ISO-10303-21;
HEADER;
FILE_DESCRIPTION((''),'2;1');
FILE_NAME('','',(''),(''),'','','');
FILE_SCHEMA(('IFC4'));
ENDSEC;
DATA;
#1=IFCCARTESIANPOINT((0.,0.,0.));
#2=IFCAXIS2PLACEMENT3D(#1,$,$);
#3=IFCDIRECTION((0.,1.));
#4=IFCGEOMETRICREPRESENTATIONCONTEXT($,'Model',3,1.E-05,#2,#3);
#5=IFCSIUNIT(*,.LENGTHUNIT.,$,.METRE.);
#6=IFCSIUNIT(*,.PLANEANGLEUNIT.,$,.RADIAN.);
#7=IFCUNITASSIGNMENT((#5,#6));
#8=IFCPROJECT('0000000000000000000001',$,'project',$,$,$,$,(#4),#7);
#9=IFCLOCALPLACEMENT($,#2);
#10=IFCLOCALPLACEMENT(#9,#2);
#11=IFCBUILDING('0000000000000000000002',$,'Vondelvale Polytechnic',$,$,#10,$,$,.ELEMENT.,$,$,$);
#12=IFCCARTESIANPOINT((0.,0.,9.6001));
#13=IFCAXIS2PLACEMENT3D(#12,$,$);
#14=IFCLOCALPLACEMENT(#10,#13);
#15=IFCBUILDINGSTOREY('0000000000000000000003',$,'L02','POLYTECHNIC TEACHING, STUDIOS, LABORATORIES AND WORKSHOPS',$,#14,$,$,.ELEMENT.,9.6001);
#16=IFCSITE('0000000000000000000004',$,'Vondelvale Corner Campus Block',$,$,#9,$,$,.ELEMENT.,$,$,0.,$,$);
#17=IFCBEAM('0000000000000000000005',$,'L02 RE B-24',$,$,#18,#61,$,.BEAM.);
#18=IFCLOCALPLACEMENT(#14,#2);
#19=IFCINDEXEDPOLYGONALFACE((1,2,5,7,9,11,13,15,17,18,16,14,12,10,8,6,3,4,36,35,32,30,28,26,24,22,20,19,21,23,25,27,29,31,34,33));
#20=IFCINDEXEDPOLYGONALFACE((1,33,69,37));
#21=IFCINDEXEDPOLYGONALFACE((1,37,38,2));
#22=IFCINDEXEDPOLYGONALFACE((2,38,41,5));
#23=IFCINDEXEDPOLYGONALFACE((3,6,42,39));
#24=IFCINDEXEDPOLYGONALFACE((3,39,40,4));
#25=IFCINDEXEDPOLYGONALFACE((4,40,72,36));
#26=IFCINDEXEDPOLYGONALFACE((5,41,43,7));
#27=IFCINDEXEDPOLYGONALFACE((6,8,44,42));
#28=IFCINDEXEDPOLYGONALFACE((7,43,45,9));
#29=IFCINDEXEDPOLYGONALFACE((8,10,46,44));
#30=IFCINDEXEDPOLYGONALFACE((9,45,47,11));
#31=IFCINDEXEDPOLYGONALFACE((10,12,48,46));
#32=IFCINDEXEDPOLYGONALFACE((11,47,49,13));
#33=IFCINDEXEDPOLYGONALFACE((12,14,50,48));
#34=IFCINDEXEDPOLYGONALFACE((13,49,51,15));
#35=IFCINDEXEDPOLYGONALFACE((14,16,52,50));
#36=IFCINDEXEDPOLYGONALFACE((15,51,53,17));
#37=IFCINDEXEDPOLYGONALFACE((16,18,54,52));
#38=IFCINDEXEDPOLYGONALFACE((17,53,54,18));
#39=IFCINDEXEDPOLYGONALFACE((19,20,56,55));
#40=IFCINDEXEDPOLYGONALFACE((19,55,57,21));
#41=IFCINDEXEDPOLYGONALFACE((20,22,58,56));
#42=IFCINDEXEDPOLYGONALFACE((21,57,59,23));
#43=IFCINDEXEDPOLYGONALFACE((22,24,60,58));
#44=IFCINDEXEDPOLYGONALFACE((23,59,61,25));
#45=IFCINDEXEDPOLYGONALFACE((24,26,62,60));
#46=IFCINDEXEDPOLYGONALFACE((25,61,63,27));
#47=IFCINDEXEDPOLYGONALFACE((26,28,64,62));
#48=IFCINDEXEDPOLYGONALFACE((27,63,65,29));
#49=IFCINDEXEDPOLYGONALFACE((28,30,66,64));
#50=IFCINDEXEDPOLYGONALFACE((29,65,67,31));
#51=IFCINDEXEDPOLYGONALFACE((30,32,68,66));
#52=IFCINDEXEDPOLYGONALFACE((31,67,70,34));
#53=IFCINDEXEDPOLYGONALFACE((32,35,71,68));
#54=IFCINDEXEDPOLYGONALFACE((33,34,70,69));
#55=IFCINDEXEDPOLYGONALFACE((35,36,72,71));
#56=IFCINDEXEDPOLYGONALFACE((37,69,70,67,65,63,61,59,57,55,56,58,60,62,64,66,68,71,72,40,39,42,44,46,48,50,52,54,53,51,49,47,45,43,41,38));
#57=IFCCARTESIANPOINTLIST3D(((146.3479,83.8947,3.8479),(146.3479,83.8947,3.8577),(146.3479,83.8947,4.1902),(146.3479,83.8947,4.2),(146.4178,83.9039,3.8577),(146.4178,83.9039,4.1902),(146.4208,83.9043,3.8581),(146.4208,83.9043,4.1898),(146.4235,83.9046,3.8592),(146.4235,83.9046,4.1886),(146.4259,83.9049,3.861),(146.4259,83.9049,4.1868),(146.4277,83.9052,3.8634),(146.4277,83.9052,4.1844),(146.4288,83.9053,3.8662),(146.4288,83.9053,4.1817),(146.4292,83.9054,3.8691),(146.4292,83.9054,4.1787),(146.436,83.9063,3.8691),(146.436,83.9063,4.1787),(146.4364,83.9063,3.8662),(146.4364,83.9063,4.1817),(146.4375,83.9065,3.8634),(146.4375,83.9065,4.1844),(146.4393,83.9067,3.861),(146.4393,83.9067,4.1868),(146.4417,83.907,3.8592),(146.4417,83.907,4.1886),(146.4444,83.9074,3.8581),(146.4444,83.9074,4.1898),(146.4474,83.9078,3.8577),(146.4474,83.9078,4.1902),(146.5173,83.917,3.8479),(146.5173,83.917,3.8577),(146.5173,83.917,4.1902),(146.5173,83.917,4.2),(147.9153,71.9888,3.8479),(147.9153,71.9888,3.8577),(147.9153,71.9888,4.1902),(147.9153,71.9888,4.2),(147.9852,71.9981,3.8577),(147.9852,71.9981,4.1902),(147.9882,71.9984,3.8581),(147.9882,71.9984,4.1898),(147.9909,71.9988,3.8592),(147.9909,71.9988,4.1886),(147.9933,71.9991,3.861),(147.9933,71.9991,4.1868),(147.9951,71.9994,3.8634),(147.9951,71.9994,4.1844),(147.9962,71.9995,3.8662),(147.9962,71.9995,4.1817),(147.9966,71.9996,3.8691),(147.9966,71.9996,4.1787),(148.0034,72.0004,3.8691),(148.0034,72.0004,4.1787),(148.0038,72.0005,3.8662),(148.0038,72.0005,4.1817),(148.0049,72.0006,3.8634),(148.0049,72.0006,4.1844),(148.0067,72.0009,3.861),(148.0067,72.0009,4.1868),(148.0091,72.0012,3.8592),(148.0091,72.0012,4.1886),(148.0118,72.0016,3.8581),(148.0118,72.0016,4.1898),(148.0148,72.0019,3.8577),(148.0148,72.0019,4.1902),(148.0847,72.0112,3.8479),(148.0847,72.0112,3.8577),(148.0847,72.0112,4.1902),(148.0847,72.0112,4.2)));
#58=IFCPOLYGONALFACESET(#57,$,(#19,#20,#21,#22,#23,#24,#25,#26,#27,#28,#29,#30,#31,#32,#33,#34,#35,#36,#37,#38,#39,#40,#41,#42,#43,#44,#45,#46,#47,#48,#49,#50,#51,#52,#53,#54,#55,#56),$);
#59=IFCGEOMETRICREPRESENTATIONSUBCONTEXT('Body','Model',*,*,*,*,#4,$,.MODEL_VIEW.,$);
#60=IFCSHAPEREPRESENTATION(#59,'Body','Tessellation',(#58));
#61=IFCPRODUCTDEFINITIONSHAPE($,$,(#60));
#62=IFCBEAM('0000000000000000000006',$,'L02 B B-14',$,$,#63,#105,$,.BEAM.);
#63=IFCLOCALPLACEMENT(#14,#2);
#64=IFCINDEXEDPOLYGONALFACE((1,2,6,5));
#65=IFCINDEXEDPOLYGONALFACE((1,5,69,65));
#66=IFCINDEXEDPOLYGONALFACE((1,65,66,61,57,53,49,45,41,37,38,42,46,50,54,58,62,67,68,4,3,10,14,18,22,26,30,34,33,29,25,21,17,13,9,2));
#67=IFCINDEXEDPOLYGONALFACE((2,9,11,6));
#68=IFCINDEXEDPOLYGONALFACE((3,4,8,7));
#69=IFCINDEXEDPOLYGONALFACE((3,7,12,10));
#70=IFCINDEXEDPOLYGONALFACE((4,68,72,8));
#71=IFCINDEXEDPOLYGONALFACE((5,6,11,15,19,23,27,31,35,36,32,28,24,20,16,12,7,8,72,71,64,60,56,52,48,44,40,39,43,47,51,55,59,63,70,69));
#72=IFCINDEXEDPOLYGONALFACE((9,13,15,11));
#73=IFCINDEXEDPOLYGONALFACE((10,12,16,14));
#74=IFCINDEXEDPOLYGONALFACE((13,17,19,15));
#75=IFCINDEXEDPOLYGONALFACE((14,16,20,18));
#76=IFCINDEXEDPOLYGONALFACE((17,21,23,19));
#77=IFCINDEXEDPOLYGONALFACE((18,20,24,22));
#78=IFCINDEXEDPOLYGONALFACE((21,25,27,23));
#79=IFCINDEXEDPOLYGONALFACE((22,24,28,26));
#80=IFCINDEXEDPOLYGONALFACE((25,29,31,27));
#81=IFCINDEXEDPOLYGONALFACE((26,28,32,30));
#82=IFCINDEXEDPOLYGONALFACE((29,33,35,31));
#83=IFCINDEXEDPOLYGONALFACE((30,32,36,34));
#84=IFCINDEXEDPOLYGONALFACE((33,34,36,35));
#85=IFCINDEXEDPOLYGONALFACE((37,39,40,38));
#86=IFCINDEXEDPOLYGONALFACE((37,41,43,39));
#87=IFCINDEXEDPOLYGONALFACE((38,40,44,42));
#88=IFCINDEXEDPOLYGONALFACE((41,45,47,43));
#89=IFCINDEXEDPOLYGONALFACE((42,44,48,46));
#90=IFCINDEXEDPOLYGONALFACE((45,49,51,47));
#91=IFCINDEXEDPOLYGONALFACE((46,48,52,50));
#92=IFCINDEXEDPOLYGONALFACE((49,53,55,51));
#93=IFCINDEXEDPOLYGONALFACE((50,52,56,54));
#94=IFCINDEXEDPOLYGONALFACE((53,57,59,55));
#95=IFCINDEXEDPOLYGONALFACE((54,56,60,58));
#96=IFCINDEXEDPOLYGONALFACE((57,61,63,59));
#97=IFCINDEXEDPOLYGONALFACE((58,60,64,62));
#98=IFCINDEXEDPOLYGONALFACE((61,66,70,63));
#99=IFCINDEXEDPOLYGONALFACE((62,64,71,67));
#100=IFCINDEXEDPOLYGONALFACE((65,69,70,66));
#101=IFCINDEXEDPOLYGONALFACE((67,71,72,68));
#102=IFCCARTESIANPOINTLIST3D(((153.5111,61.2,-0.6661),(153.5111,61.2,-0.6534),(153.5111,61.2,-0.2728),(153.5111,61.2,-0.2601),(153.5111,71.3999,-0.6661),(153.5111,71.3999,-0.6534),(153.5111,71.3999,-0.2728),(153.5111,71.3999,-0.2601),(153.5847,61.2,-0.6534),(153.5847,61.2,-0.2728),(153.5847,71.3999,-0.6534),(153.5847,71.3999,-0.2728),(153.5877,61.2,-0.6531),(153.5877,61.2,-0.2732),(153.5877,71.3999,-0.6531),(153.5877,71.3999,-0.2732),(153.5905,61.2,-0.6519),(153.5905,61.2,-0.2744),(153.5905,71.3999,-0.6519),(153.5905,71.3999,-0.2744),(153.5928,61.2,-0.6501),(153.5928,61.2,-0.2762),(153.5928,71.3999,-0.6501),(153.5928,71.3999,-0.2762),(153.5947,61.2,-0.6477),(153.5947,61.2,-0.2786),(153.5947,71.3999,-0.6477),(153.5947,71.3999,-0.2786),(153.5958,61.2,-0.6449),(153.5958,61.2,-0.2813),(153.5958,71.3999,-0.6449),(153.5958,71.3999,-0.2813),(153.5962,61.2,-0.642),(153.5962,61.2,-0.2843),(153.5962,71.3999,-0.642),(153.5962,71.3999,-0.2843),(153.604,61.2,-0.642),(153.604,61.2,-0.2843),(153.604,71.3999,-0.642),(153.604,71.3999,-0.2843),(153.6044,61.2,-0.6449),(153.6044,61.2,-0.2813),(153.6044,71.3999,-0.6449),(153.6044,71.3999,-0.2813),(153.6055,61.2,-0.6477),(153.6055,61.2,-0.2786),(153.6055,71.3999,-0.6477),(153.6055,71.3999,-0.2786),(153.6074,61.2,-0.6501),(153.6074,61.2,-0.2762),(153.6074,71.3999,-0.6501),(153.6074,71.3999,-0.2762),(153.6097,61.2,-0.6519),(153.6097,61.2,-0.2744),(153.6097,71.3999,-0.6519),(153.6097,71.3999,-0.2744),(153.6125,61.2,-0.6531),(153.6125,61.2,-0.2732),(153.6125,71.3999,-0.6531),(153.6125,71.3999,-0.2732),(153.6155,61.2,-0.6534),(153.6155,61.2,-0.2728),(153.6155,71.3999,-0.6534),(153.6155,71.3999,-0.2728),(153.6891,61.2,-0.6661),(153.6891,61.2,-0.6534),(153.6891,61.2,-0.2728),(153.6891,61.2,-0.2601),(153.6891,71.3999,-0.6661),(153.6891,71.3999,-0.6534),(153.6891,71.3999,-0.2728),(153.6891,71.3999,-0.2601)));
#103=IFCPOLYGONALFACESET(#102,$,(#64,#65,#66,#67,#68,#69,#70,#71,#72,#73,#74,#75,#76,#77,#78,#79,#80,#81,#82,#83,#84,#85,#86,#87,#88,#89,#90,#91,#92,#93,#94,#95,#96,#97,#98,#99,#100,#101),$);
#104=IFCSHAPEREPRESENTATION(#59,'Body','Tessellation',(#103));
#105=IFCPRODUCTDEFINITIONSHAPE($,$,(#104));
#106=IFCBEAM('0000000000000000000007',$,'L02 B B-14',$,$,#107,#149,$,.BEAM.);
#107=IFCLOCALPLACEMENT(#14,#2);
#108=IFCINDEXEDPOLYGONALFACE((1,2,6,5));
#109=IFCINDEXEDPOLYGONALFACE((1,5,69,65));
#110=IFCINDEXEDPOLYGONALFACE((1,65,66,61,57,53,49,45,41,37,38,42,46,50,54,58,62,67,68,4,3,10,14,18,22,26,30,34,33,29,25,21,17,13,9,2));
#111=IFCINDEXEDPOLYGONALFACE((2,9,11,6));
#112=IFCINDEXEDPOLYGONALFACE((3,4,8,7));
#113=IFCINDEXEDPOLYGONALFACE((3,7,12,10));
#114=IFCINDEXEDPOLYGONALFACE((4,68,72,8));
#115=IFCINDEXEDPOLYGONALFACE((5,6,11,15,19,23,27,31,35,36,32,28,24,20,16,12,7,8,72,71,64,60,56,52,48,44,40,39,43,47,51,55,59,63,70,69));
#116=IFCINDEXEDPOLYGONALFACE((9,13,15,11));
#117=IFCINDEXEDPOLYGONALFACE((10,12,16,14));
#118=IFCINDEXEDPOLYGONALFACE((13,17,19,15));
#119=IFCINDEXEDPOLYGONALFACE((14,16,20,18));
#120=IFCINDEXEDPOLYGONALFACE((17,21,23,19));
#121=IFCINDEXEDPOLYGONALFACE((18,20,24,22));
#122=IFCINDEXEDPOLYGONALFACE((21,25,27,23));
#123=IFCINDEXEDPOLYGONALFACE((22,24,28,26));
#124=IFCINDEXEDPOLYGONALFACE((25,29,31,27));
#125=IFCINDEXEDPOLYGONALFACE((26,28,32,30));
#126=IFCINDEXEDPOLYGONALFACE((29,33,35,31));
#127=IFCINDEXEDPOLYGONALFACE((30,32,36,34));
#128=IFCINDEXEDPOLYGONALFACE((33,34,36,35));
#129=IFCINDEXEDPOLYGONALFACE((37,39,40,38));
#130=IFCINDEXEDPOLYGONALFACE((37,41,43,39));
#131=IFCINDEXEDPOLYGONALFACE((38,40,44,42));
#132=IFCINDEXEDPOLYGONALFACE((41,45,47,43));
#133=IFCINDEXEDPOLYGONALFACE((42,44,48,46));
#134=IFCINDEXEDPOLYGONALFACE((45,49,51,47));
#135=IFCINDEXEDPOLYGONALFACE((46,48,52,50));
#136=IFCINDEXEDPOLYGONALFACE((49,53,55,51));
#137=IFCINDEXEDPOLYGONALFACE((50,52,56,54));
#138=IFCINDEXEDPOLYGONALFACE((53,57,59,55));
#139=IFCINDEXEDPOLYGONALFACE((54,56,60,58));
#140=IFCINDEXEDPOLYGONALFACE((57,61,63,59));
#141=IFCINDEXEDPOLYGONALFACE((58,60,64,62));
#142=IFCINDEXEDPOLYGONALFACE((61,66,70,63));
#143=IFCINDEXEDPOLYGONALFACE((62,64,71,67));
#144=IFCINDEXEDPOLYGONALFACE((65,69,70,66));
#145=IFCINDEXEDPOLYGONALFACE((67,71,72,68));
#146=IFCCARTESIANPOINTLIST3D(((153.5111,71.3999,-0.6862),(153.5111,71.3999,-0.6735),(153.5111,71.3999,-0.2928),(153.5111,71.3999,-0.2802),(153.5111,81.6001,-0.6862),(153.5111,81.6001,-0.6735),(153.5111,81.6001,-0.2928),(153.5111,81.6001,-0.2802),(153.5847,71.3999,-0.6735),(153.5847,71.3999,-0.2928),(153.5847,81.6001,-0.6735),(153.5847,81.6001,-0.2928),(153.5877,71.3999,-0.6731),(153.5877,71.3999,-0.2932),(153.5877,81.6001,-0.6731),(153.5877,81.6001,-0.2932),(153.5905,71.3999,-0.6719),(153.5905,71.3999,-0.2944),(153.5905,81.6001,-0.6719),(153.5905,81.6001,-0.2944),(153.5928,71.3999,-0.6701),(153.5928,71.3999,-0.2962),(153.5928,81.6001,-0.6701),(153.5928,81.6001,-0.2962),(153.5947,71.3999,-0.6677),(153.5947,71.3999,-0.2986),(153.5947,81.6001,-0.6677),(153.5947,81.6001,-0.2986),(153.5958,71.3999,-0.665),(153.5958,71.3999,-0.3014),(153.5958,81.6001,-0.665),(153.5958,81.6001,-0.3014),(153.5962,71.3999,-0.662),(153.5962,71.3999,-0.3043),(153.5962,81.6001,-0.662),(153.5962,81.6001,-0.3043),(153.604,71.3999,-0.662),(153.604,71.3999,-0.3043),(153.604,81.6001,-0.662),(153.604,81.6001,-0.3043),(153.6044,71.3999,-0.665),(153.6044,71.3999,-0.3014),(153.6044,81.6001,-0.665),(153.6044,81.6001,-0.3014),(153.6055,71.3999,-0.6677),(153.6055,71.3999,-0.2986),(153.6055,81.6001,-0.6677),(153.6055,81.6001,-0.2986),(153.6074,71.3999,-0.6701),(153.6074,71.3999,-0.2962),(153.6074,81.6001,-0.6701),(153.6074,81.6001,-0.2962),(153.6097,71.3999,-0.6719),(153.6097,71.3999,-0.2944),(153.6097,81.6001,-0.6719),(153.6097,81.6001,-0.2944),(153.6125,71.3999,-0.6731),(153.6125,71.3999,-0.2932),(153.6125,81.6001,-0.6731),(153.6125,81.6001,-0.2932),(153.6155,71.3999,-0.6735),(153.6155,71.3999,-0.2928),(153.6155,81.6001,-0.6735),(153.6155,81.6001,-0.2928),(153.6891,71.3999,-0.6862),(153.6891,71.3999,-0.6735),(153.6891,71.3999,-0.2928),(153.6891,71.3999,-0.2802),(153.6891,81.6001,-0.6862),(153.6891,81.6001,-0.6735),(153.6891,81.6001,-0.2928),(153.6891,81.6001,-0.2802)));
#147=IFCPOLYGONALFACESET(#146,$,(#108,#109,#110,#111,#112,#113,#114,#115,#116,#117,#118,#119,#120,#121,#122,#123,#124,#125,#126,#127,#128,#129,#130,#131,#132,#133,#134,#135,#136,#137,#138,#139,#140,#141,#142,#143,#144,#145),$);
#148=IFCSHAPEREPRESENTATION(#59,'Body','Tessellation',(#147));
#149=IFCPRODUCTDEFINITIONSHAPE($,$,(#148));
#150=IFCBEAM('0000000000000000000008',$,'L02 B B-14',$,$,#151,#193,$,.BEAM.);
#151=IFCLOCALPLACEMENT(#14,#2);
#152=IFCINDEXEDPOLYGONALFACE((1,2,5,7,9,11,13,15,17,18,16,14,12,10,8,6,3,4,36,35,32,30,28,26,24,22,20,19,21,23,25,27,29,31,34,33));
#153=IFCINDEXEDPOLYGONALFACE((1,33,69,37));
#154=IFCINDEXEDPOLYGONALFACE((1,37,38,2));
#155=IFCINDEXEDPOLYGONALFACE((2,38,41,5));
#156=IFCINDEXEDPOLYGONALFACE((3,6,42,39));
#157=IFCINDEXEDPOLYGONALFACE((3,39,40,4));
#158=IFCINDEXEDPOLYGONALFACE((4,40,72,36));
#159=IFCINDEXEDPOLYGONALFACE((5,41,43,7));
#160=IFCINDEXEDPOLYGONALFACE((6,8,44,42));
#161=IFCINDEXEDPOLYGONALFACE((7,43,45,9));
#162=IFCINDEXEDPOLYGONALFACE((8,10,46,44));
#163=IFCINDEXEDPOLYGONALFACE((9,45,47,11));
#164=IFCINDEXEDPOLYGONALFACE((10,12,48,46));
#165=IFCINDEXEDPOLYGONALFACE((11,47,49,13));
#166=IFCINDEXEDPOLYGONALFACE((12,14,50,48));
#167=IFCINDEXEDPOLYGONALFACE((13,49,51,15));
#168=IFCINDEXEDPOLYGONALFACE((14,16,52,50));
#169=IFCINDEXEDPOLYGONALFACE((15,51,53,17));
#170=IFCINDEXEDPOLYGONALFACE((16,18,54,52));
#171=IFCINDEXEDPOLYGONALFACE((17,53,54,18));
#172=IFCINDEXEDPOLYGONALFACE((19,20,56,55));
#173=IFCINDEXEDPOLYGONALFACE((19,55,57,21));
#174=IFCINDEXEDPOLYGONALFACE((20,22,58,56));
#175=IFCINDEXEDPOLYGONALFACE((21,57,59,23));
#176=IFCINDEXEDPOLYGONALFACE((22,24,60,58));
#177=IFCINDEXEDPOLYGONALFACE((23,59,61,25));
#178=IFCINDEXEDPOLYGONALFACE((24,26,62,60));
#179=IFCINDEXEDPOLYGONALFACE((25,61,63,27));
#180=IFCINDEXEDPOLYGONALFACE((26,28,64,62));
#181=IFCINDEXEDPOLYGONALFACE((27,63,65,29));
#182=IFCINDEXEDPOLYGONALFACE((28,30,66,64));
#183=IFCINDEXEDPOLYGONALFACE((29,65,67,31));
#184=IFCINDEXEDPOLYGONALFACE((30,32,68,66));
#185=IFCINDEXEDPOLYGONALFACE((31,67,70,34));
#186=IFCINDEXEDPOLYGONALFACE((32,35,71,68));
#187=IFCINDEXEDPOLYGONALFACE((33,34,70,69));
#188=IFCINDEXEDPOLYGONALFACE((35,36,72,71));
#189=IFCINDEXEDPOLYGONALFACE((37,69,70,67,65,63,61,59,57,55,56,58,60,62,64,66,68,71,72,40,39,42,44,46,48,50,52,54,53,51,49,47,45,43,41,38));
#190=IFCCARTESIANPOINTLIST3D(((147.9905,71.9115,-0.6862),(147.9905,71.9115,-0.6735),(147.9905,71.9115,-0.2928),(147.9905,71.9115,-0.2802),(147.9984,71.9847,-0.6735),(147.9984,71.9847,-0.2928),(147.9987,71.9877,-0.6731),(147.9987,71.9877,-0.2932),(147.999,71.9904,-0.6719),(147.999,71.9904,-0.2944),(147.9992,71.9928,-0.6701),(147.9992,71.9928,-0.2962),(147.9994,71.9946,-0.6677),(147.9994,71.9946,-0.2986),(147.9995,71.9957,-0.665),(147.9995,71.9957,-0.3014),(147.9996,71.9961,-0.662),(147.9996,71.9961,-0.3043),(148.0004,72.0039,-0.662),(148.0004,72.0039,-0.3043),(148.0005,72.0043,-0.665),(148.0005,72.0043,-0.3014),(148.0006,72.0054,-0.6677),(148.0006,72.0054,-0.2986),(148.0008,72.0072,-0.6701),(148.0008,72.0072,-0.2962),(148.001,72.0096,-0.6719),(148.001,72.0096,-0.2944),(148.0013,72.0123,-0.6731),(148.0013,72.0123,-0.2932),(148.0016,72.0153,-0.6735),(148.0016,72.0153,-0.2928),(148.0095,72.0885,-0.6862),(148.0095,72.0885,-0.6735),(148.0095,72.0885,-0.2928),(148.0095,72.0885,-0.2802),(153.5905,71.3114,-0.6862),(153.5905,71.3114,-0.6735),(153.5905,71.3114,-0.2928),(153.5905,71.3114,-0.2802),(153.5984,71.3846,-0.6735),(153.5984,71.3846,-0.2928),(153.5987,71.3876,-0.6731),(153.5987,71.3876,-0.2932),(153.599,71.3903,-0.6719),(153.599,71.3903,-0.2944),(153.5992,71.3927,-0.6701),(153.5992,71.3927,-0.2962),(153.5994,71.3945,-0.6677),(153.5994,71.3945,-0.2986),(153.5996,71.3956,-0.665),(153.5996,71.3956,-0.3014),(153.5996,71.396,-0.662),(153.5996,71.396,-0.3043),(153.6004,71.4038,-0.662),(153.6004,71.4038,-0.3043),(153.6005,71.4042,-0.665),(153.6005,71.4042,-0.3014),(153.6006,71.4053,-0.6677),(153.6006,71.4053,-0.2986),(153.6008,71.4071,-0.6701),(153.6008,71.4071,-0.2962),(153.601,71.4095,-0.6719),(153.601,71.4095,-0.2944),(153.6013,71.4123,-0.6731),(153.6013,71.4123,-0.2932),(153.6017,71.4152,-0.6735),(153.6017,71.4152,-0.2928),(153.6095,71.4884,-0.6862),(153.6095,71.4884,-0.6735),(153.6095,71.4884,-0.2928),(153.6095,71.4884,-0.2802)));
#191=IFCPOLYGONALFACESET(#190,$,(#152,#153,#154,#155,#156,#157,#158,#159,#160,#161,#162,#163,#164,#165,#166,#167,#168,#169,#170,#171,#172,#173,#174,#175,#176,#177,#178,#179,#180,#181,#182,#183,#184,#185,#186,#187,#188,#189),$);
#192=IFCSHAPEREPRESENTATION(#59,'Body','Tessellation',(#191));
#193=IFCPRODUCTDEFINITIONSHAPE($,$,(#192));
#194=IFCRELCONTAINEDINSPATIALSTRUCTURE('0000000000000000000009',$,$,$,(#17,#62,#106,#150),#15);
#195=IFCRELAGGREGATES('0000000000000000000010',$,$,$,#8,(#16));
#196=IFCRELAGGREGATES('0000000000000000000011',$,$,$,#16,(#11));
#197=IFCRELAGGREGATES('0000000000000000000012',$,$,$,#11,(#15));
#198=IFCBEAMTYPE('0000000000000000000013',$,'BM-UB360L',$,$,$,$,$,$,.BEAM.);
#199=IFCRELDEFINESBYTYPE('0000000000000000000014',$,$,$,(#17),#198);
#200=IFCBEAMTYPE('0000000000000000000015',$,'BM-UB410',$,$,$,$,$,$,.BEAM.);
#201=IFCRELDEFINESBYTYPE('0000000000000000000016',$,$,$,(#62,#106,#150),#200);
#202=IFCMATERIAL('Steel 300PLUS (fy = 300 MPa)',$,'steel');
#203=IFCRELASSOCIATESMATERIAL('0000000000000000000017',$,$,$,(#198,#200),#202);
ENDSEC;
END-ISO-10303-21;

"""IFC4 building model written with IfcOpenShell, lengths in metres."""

from ifc_helpers import new_model, si_unit, direction, frame, origin, origin_2d, place, context, subcontext, project, spatial, i_section, extrude, material, material_profile, profile_set, type_object, element, save


model = new_model("IFC4")

# Units and contexts
model_context = context("Model", 3, precision=1e-05, world=origin(), true_north=direction((0.0, 1.0)))
body_context = subcontext(model_context, "Body", "Model", "MODEL_VIEW")
ifc_project = project(units=[si_unit("LENGTHUNIT", "METRE"), si_unit("PLANEANGLEUNIT", "RADIAN")], contexts=[model_context])

# Site, building, storey
site_placement = place(None, origin())
site = spatial("IfcSite", under=ifc_project, at=site_placement, Name="Vondelvale Corner Campus Block", CompositionType="ELEMENT", RefElevation=0.0)
building_placement = place(site_placement, origin())
building = spatial("IfcBuilding", under=site, at=building_placement, Name="Vondelvale Polytechnic", CompositionType="ELEMENT")
storey_placement = place(building_placement, frame((0.0, 0.0, 9.6001)))
storey = spatial("IfcBuildingStorey", under=building, at=storey_placement, Name="L02", Description="POLYTECHNIC TEACHING, STUDIOS, LABORATORIES AND WORKSHOPS", CompositionType="ELEMENT", Elevation=9.6001)

# Shared definitions
ifc_material_1 = material(Name="Steel 300PLUS (fy = 300 MPa)", Category="steel")

# Beams
ifc_material_profile_1 = material_profile(ifc_material_1, i_section(OverallWidth=0.1709, OverallDepth=0.3521, WebThickness=0.0068, FlangeThickness=0.0098, FilletRadius=0.0115, at=origin_2d()), Name="360UB44.7")
ifc_profile_set_1 = profile_set([ifc_material_profile_1], Name="Steel 300PLUS (fy = 300 MPa)")
beam_type_1 = type_object("IfcBeamType", Name="BM-UB360L", PredefinedType="BEAM", material=ifc_profile_set_1)
beam_1_placement = place(storey_placement, frame((148.0, 72.0, 4.0239), z_axis=(-0.130523, 0.991445, 0.0), x_axis=(-0.991445, -0.130523, 0.0)))
element("IfcBeam", 1, at=beam_1_placement, inside=storey, type_object=beam_type_1, Name="L02 RE B-24", PredefinedType="BEAM", context=body_context, shape_type="SweptSolid", body=[
    extrude(i_section(OverallWidth=0.1709, OverallDepth=0.3521, WebThickness=0.0068, FlangeThickness=0.0098, FilletRadius=0.0115, at=origin_2d()), origin(), (0.0, 0.0, 1.0), 12.0085),
])
ifc_material_profile_2 = material_profile(ifc_material_1, i_section(OverallWidth=0.178, OverallDepth=0.406, WebThickness=0.0078, FlangeThickness=0.0127, FilletRadius=0.0115, at=origin_2d()), Name="410UB59.7")
ifc_profile_set_2 = profile_set([ifc_material_profile_2], Name="Steel 300PLUS (fy = 300 MPa)")
beam_type_2 = type_object("IfcBeamType", Name="BM-UB410", PredefinedType="BEAM", material=ifc_profile_set_2)
beam_2_placement = place(storey_placement, frame((153.6001, 61.2, -0.4631), z_axis=(0.0, 1.0, 0.0), x_axis=(-1.0, 0.0, 0.0)))
element("IfcBeam", 2, at=beam_2_placement, inside=storey, type_object=beam_type_2, Name="L02 B B-14", PredefinedType="BEAM", context=body_context, shape_type="SweptSolid", body=[
    extrude(i_section(OverallWidth=0.178, OverallDepth=0.406, WebThickness=0.0078, FlangeThickness=0.0127, FilletRadius=0.0115, at=origin_2d()), origin(), (0.0, 0.0, 1.0), 10.2),
])
beam_3_placement = place(storey_placement, frame((153.6001, 71.3999, -0.4832), z_axis=(0.0, 1.0, 0.0), x_axis=(-1.0, 0.0, 0.0)))
element("IfcBeam", 3, at=beam_3_placement, inside=storey, type_object=beam_type_2, Name="L02 B B-14", PredefinedType="BEAM", context=body_context, shape_type="SweptSolid", body=[
    extrude(i_section(OverallWidth=0.178, OverallDepth=0.406, WebThickness=0.0078, FlangeThickness=0.0127, FilletRadius=0.0115, at=origin_2d()), origin(), (0.0, 0.0, 1.0), 10.2002),
])
beam_4_placement = place(storey_placement, frame((148.0, 72.0, -0.4832), z_axis=(0.994308, -0.106548, 0.0), x_axis=(0.106548, 0.994308, 0.0)))
element("IfcBeam", 4, at=beam_4_placement, inside=storey, type_object=beam_type_2, Name="L02 B B-14", PredefinedType="BEAM", context=body_context, shape_type="SweptSolid", body=[
    extrude(i_section(OverallWidth=0.178, OverallDepth=0.406, WebThickness=0.0078, FlangeThickness=0.0127, FilletRadius=0.0115, at=origin_2d()), origin(), (0.0, 0.0, 1.0), 5.6321),
])

save(model, "model.ifc")
